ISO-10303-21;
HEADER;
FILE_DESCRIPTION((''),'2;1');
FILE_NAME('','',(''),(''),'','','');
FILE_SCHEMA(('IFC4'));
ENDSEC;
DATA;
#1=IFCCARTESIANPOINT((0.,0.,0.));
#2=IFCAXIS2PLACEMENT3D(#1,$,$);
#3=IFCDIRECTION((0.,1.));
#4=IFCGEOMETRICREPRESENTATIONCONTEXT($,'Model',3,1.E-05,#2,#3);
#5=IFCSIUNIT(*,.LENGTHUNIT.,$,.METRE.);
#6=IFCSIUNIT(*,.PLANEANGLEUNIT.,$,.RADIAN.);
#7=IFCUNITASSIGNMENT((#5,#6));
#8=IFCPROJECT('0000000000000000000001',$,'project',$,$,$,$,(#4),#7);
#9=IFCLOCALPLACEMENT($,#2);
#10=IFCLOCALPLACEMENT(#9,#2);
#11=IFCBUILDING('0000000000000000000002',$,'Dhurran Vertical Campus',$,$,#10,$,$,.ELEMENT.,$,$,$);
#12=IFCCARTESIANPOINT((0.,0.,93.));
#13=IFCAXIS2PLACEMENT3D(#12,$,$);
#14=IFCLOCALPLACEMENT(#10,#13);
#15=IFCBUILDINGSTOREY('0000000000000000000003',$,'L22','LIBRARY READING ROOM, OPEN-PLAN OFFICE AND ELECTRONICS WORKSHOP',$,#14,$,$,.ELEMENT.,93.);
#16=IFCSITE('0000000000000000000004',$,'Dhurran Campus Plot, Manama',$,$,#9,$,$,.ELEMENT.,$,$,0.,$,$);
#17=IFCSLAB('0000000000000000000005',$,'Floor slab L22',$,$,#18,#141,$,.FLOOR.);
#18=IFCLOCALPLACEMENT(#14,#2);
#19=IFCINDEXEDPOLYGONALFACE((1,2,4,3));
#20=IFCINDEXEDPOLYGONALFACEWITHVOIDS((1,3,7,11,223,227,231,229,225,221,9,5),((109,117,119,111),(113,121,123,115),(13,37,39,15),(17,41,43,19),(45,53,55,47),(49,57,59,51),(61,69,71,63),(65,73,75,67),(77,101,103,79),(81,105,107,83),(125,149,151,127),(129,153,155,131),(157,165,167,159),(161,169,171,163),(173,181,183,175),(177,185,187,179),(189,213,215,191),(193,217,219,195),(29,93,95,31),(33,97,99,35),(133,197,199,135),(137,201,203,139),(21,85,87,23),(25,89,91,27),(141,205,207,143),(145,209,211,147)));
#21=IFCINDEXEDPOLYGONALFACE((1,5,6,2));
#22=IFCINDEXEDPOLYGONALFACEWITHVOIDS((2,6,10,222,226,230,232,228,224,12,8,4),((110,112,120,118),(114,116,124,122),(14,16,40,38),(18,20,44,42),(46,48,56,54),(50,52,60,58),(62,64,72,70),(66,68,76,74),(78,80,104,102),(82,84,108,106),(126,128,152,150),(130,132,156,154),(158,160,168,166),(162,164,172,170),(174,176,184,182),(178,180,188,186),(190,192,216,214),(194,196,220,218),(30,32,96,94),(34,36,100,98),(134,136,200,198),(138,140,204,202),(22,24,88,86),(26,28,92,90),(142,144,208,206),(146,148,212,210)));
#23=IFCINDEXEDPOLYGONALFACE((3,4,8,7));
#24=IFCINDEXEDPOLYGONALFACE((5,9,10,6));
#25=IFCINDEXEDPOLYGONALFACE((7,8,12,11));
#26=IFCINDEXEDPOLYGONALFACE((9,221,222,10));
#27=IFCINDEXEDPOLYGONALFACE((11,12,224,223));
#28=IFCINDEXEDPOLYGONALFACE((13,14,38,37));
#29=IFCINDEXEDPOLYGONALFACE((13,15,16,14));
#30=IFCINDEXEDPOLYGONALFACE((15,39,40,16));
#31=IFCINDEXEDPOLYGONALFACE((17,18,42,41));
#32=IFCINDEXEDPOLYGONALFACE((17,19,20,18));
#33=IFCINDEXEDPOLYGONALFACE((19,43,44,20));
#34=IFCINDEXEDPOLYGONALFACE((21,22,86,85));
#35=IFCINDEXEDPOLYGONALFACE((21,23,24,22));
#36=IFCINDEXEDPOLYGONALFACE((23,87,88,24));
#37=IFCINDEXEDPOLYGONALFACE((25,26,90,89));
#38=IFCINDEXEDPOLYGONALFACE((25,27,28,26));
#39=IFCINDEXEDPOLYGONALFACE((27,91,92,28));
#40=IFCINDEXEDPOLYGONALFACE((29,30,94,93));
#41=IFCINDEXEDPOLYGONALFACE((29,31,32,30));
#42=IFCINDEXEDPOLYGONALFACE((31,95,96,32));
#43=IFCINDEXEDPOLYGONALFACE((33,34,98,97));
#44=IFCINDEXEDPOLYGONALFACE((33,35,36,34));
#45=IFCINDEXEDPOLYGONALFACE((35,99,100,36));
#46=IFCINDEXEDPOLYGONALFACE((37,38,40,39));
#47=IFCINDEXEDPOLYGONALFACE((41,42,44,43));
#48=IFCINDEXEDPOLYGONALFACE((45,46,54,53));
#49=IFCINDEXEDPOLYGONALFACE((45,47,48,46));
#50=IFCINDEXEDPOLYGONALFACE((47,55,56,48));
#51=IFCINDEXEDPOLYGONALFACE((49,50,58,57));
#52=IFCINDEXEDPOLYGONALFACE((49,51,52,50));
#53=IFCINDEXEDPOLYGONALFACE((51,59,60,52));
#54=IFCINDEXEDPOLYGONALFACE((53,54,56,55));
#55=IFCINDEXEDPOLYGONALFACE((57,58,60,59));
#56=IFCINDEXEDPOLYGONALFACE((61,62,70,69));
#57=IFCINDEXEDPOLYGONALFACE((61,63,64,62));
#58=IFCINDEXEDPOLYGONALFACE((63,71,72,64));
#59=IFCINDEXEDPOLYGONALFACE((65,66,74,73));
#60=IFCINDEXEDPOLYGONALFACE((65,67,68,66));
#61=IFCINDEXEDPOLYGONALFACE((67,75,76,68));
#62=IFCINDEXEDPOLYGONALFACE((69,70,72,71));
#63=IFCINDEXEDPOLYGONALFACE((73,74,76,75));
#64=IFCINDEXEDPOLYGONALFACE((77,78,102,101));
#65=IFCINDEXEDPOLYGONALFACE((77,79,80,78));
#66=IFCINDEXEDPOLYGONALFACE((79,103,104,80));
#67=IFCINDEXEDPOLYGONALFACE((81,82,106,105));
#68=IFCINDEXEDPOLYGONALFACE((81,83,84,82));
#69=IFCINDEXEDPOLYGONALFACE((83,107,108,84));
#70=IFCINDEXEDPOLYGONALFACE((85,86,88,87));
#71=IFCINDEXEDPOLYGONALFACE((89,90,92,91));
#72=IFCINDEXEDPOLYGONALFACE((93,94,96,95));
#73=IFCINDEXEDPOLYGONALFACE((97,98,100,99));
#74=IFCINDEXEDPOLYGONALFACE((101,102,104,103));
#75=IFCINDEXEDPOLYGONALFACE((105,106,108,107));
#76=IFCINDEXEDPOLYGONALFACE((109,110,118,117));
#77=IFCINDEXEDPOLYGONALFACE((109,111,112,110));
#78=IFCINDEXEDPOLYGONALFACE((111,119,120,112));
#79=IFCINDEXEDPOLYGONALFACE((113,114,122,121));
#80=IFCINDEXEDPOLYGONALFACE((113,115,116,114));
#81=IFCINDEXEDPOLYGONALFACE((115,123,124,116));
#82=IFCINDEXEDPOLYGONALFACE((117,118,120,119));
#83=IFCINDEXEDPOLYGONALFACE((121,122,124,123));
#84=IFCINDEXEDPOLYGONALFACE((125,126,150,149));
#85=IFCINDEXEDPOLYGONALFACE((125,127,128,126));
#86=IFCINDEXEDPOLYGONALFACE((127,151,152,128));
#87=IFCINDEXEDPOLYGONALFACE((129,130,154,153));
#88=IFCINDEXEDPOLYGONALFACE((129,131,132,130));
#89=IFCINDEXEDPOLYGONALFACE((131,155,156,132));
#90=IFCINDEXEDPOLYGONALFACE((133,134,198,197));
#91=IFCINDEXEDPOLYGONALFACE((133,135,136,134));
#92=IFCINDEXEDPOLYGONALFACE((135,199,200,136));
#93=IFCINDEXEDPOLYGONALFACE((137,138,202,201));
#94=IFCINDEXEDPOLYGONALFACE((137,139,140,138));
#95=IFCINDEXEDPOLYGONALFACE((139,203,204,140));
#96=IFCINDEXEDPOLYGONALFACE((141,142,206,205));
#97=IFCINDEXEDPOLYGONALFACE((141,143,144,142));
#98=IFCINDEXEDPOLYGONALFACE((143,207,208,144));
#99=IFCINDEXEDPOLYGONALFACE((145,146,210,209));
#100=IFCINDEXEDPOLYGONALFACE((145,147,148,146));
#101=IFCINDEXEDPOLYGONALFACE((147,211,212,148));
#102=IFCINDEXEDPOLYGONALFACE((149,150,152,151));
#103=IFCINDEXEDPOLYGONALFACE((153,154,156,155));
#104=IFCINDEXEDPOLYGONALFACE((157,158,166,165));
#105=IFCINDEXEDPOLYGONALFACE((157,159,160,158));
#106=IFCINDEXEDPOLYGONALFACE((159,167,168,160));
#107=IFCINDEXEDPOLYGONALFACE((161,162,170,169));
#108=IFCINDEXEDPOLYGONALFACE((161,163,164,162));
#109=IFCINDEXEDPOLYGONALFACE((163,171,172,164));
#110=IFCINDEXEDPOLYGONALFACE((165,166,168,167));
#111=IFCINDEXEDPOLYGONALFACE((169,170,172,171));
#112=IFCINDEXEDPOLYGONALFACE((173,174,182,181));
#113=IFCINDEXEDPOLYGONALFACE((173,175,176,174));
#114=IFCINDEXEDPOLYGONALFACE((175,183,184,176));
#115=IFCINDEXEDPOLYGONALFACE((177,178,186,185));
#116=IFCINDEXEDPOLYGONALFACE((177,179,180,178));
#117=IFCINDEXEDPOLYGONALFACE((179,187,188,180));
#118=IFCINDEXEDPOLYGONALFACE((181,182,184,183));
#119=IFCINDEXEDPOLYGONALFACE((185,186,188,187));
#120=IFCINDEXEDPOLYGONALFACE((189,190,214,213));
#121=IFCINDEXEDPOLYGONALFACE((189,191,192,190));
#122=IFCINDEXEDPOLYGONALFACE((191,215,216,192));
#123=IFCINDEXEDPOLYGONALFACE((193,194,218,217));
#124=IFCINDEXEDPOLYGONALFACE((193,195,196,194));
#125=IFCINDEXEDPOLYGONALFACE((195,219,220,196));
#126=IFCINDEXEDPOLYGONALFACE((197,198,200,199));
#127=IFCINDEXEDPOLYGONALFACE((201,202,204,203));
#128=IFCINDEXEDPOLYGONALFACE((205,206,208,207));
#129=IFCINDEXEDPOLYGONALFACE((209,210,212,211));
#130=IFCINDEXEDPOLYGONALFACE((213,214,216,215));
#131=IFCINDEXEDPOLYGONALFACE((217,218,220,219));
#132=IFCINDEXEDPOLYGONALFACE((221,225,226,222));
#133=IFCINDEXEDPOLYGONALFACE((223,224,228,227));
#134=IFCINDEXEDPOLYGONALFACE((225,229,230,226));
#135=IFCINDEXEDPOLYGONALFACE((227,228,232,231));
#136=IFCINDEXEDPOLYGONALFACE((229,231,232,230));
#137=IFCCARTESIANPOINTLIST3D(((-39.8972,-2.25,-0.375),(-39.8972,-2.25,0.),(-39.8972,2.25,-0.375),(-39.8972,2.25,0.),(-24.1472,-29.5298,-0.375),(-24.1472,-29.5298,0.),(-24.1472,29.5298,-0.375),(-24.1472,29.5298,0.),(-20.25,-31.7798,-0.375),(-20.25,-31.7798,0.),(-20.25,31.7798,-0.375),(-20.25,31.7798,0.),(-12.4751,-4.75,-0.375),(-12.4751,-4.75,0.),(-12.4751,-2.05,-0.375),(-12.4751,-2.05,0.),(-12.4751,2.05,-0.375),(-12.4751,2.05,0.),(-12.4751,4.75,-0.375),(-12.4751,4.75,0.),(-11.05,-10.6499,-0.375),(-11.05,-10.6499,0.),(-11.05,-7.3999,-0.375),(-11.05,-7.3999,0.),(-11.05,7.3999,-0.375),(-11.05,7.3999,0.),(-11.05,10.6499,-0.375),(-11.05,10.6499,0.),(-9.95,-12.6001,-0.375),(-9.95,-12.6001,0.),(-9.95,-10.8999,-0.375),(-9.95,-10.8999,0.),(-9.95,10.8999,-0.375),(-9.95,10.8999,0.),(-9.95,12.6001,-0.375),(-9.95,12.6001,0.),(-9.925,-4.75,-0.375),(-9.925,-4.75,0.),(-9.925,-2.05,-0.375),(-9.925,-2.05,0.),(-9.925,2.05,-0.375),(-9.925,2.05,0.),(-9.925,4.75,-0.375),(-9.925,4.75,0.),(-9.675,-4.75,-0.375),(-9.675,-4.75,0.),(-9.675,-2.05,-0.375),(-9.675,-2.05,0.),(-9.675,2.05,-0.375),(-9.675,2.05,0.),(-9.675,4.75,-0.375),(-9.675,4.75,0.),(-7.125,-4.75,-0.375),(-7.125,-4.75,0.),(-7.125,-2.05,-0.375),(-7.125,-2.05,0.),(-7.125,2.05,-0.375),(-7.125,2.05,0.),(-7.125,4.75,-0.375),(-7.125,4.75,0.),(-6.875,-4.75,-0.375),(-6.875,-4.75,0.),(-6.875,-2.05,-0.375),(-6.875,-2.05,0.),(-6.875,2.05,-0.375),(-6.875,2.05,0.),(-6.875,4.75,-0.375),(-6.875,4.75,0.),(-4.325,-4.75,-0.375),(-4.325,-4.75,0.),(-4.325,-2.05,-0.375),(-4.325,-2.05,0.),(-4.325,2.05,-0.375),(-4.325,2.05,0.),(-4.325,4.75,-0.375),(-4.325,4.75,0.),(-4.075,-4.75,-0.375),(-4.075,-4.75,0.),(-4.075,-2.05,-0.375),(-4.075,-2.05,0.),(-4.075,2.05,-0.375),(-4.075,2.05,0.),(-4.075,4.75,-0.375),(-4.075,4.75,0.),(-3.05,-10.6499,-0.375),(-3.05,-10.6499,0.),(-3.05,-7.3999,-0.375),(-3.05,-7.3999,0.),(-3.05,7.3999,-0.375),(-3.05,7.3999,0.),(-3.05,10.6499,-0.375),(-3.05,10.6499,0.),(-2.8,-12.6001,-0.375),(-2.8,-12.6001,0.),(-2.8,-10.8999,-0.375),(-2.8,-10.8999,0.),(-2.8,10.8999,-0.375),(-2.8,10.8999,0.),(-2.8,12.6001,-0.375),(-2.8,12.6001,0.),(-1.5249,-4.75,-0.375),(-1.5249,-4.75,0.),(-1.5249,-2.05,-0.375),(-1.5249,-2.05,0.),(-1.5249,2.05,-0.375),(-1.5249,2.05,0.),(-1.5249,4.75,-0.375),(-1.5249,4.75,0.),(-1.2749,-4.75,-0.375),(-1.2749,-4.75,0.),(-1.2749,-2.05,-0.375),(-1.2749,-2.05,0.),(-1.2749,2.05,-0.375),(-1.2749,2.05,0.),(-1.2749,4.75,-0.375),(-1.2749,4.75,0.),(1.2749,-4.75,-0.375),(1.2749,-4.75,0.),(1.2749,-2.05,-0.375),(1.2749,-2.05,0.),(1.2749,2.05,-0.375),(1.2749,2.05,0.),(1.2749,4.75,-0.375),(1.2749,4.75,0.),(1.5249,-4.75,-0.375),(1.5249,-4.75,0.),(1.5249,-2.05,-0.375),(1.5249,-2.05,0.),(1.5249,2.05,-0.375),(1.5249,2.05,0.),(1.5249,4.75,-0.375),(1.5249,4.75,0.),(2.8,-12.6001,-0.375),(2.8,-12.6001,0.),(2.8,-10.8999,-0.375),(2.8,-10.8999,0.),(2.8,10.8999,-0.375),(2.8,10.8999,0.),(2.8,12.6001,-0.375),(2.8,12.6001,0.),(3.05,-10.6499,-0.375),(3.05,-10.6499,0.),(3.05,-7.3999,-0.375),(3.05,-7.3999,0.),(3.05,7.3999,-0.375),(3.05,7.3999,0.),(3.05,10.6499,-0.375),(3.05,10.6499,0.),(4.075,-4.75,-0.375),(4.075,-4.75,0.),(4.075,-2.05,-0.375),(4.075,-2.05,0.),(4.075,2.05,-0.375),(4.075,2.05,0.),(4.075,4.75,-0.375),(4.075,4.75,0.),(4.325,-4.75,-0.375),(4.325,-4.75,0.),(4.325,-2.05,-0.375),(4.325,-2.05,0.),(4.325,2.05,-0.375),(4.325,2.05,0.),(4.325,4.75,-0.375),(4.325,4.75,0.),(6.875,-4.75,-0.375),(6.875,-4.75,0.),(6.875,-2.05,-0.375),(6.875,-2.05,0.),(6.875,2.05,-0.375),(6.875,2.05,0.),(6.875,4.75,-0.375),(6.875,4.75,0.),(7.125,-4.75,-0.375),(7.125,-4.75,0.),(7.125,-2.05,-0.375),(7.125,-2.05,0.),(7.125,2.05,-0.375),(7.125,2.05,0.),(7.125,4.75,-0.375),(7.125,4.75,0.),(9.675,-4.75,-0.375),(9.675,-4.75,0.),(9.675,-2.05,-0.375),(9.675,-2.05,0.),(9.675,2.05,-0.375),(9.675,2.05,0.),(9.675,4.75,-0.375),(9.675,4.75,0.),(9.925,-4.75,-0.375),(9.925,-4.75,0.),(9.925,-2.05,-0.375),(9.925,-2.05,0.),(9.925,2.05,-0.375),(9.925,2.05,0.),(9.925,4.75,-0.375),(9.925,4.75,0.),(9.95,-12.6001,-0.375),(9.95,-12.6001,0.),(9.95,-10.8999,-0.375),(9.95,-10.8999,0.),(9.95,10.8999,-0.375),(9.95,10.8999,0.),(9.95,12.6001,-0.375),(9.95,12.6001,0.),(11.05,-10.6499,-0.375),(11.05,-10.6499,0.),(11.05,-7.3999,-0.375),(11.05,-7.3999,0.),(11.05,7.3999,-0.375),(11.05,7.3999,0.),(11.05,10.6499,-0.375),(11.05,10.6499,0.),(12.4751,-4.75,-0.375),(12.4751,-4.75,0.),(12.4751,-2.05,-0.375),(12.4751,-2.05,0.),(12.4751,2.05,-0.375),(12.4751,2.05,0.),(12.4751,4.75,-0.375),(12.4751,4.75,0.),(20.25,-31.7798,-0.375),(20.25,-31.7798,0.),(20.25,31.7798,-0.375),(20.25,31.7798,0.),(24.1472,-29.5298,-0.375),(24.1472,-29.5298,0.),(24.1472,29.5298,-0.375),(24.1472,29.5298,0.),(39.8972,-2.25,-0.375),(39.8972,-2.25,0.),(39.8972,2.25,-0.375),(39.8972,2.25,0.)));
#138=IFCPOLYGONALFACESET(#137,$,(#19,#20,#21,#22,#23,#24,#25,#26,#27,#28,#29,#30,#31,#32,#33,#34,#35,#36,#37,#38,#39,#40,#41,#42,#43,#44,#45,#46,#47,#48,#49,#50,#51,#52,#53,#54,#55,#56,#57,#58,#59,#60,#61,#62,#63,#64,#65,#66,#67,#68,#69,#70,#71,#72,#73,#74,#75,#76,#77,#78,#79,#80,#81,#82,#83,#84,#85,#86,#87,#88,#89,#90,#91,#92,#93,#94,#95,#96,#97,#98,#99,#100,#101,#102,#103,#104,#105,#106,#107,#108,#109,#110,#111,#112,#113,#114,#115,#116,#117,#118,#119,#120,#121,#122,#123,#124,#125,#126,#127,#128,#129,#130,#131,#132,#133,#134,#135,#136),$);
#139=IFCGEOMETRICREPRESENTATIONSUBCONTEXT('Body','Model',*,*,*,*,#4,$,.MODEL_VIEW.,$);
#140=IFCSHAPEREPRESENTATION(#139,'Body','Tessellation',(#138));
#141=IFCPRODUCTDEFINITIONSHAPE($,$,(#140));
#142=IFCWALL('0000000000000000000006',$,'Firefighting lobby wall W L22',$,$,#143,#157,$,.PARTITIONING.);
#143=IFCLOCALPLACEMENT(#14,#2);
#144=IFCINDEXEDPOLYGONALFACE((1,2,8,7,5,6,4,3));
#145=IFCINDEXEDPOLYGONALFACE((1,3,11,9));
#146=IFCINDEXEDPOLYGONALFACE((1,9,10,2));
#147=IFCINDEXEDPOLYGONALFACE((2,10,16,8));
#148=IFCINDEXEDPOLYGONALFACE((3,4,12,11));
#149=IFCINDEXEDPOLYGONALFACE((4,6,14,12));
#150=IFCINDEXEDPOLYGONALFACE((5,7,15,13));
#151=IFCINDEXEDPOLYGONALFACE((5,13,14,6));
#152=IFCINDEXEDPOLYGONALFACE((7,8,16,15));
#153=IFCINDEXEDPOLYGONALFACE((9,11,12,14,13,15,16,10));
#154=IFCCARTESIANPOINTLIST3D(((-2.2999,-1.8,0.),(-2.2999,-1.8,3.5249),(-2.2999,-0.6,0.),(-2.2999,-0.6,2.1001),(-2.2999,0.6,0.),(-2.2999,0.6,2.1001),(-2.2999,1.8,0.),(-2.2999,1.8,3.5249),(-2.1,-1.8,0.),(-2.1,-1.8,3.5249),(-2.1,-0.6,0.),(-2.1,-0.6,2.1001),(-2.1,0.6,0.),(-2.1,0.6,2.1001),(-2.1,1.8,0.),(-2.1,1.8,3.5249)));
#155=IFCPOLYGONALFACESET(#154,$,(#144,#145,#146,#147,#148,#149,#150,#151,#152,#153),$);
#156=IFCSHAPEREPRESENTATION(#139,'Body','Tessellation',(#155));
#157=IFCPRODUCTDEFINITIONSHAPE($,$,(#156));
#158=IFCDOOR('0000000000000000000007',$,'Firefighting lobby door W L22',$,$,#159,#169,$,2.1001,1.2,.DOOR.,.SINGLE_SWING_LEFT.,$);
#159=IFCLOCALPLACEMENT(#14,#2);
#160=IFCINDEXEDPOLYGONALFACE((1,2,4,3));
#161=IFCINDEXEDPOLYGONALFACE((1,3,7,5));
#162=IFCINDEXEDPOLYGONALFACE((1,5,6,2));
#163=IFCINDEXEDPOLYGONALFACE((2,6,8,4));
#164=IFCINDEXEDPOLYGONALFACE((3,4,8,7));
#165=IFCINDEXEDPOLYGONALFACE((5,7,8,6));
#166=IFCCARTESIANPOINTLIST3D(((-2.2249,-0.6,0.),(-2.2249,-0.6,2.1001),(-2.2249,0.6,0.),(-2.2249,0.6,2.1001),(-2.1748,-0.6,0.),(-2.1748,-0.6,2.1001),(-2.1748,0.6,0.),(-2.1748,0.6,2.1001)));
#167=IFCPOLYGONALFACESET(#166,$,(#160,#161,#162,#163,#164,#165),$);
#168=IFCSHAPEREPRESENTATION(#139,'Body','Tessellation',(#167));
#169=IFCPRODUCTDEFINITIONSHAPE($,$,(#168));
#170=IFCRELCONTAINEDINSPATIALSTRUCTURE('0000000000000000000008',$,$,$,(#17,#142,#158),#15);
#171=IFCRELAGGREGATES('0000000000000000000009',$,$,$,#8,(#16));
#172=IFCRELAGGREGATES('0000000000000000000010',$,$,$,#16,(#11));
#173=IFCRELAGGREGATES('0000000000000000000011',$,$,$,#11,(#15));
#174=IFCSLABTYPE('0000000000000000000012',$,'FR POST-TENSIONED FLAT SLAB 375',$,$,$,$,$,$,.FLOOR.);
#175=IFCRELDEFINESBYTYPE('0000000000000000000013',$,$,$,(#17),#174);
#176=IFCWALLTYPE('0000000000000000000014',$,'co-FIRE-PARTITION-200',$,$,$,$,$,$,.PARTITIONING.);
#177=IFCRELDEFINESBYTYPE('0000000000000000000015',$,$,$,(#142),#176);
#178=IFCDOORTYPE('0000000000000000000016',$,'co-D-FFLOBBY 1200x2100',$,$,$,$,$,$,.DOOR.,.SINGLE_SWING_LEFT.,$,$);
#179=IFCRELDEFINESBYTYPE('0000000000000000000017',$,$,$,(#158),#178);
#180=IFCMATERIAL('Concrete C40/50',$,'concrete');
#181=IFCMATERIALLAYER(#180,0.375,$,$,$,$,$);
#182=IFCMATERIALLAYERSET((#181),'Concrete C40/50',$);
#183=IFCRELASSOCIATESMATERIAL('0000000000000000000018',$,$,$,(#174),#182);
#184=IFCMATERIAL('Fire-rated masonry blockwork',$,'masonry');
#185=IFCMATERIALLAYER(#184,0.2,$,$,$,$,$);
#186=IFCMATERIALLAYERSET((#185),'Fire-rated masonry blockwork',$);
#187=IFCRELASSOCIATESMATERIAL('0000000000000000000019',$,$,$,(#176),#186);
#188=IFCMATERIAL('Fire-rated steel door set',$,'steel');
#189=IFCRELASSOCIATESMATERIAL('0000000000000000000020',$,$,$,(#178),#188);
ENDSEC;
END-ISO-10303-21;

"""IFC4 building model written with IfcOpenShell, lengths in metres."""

from ifc_helpers import new_model, si_unit, direction, frame, frame_2d, origin, place, context, subcontext, project, spatial, polyline, rectangle, outline, extrude, material, layer, layer_set, type_object, element, fill, save


model = new_model("IFC4")

# Units and contexts
model_context = context("Model", 3, precision=1e-05, world=origin(), true_north=direction((0.0, 1.0)))
body_context = subcontext(model_context, "Body", "Model", "MODEL_VIEW")
ifc_project = project(units=[si_unit("LENGTHUNIT", "METRE"), si_unit("PLANEANGLEUNIT", "RADIAN")], contexts=[model_context])

# Site, building, storey
site_placement = place(None, origin())
site = spatial("IfcSite", under=ifc_project, at=site_placement, Name="Dhurran Campus Plot, Manama", CompositionType="ELEMENT", RefElevation=0.0)
building_placement = place(site_placement, origin())
building = spatial("IfcBuilding", under=site, at=building_placement, Name="Dhurran Vertical Campus", CompositionType="ELEMENT")
storey_placement = place(building_placement, frame((0.0, 0.0, 93.0)))
storey = spatial("IfcBuildingStorey", under=building, at=storey_placement, Name="L22", Description="LIBRARY READING ROOM, OPEN-PLAN OFFICE AND ELECTRONICS WORKSHOP", CompositionType="ELEMENT", Elevation=93.0)

# Slab
ifc_material_1 = material(Name="Concrete C40/50", Category="concrete")
ifc_layer_1 = layer(ifc_material_1, 0.375)
ifc_layer_set_1 = layer_set([ifc_layer_1], Name="Concrete C40/50")
slab_type = type_object("IfcSlabType", Name="FR POST-TENSIONED FLAT SLAB 375", PredefinedType="FLOOR", material=ifc_layer_set_1)
slab_placement = place(storey_placement, frame((0.0, 0.0, -0.375)))
element("IfcSlab", 1, at=slab_placement, inside=storey, type_object=slab_type, Name="Floor slab L22", PredefinedType="FLOOR", context=body_context, shape_type="SweptSolid", body=[
    extrude(outline(polyline([(-20.25, -31.7798), (20.25, -31.7798), (24.1472, -29.5298), (39.8972, -2.25), (39.8972, 2.25), (24.1472, 29.5298), (20.25, 31.7798), (-20.25, 31.7798), (-24.1472, 29.5298), (-39.8972, 2.25), (-39.8972, -2.25), (-24.1472, -29.5298), (-20.25, -31.7798)]), holes=[polyline([(-12.4751, 2.05), (-9.925, 2.05), (-9.925, 4.75), (-12.4751, 4.75), (-12.4751, 2.05)]), polyline([(-9.675, 2.05), (-7.125, 2.05), (-7.125, 4.75), (-9.675, 4.75), (-9.675, 2.05)]), polyline([(-6.875, 2.05), (-4.325, 2.05), (-4.325, 4.75), (-6.875, 4.75), (-6.875, 2.05)]), polyline([(-1.2749, 2.05), (1.2749, 2.05), (1.2749, 4.75), (-1.2749, 4.75), (-1.2749, 2.05)]), polyline([(9.925, 2.05), (12.4751, 2.05), (12.4751, 4.75), (9.925, 4.75), (9.925, 2.05)]), polyline([(-1.2749, -4.75), (1.2749, -4.75), (1.2749, -2.05), (-1.2749, -2.05), (-1.2749, -4.75)]), polyline([(1.5249, -4.75), (4.075, -4.75), (4.075, -2.05), (1.5249, -2.05), (1.5249, -4.75)]), polyline([(4.325, -4.75), (6.875, -4.75), (6.875, -2.05), (4.325, -2.05), (4.325, -4.75)]), polyline([(7.125, -4.75), (9.675, -4.75), (9.675, -2.05), (7.125, -2.05), (7.125, -4.75)]), polyline([(9.925, -4.75), (12.4751, -4.75), (12.4751, -2.05), (9.925, -2.05), (9.925, -4.75)]), polyline([(-4.075, 2.05), (-1.5249, 2.05), (-1.5249, 4.75), (-4.075, 4.75), (-4.075, 2.05)]), polyline([(1.5249, 2.05), (4.075, 2.05), (4.075, 4.75), (1.5249, 4.75), (1.5249, 2.05)]), polyline([(4.325, 2.05), (6.875, 2.05), (6.875, 4.75), (4.325, 4.75), (4.325, 2.05)]), polyline([(7.125, 2.05), (9.675, 2.05), (9.675, 4.75), (7.125, 4.75), (7.125, 2.05)]), polyline([(-12.4751, -4.75), (-9.925, -4.75), (-9.925, -2.05), (-12.4751, -2.05), (-12.4751, -4.75)]), polyline([(-9.675, -4.75), (-7.125, -4.75), (-7.125, -2.05), (-9.675, -2.05), (-9.675, -4.75)]), polyline([(-6.875, -4.75), (-4.325, -4.75), (-4.325, -2.05), (-6.875, -2.05), (-6.875, -4.75)]), polyline([(-4.075, -4.75), (-1.5249, -4.75), (-1.5249, -2.05), (-4.075, -2.05), (-4.075, -4.75)]), polyline([(-11.05, 7.3999), (-3.05, 7.3999), (-3.05, 10.6499), (-11.05, 10.6499), (-11.05, 7.3999)]), polyline([(3.05, 7.3999), (11.05, 7.3999), (11.05, 10.6499), (3.05, 10.6499), (3.05, 7.3999)]), polyline([(-11.05, -10.6499), (-3.05, -10.6499), (-3.05, -7.3999), (-11.05, -7.3999), (-11.05, -10.6499)]), polyline([(3.05, -10.6499), (11.05, -10.6499), (11.05, -7.3999), (3.05, -7.3999), (3.05, -10.6499)]), polyline([(-9.95, 10.8999), (-9.95, 12.6001), (-2.8, 12.6001), (-2.8, 10.8999), (-9.95, 10.8999)]), polyline([(9.95, 12.6001), (9.95, 10.8999), (2.8, 10.8999), (2.8, 12.6001), (9.95, 12.6001)]), polyline([(-9.95, -12.6001), (-9.95, -10.8999), (-2.8, -10.8999), (-2.8, -12.6001), (-9.95, -12.6001)]), polyline([(9.95, -10.8999), (9.95, -12.6001), (2.8, -12.6001), (2.8, -10.8999), (9.95, -10.8999)])]), origin(), (0.0, 0.0, 1.0), 0.375),
])

# Wall, opening, door
ifc_material_2 = material(Name="Fire-rated masonry blockwork", Category="masonry")
ifc_layer_2 = layer(ifc_material_2, 0.2)
ifc_layer_set_2 = layer_set([ifc_layer_2], Name="Fire-rated masonry blockwork")
wall_type_1 = type_object("IfcWallType", Name="co-FIRE-PARTITION-200", PredefinedType="PARTITIONING", material=ifc_layer_set_2)
wall_1_placement = place(storey_placement, frame((-2.2, -1.8, 0.0), z_axis=(0.0, 0.0, 1.0), x_axis=(0.0, 1.0, 0.0)))
wall_1 = element("IfcWall", 2, at=wall_1_placement, inside=storey, type_object=wall_type_1, Name="Firefighting lobby wall W L22", PredefinedType="PARTITIONING", context=body_context, shape_type="SweptSolid", body=[
    extrude(rectangle(XDim=3.6001, YDim=0.2, at=frame_2d((1.8, 0.0))), origin(), (0.0, 0.0, 1.0), 3.5249),
])
opening_1_placement = place(wall_1_placement, frame((1.2, 0.0, 0.0)))
opening_1 = element("IfcOpeningElement", 3, at=opening_1_placement, cuts=wall_1, PredefinedType="OPENING", context=body_context, shape_type="SweptSolid", body=[
    extrude(rectangle(XDim=1.2, YDim=2.1001, at=frame_2d((0.6001, 1.05))), frame((0.0, 0.1099, 0.0), z_axis=(0.0, -1.0, 0.0), x_axis=(1.0, 0.0, 0.0)), (0.0, 0.0, 1.0), 0.22),
])
ifc_material_3 = material(Name="Fire-rated steel door set", Category="steel")
door_type_1 = type_object("IfcDoorType", Name="co-D-FFLOBBY 1200x2100", OperationType="SINGLE_SWING_LEFT", PredefinedType="DOOR", material=ifc_material_3)
door_1_placement = place(opening_1_placement, origin())
door_1 = element("IfcDoor", 4, at=door_1_placement, inside=storey, type_object=door_type_1, Name="Firefighting lobby door W L22", OperationType="SINGLE_SWING_LEFT", OverallHeight=2.1001, OverallWidth=1.2, PredefinedType="DOOR", context=body_context, shape_type="SweptSolid", body=[
    extrude(rectangle(XDim=1.2, YDim=2.1001, at=frame_2d((0.6001, 1.05))), frame((0.0, 0.0249, 0.0), z_axis=(0.0, -1.0, 0.0), x_axis=(1.0, 0.0, 0.0)), (0.0, 0.0, 1.0), 0.05),
])
fill(opening_1, door_1)

save(model, "model.ifc")
